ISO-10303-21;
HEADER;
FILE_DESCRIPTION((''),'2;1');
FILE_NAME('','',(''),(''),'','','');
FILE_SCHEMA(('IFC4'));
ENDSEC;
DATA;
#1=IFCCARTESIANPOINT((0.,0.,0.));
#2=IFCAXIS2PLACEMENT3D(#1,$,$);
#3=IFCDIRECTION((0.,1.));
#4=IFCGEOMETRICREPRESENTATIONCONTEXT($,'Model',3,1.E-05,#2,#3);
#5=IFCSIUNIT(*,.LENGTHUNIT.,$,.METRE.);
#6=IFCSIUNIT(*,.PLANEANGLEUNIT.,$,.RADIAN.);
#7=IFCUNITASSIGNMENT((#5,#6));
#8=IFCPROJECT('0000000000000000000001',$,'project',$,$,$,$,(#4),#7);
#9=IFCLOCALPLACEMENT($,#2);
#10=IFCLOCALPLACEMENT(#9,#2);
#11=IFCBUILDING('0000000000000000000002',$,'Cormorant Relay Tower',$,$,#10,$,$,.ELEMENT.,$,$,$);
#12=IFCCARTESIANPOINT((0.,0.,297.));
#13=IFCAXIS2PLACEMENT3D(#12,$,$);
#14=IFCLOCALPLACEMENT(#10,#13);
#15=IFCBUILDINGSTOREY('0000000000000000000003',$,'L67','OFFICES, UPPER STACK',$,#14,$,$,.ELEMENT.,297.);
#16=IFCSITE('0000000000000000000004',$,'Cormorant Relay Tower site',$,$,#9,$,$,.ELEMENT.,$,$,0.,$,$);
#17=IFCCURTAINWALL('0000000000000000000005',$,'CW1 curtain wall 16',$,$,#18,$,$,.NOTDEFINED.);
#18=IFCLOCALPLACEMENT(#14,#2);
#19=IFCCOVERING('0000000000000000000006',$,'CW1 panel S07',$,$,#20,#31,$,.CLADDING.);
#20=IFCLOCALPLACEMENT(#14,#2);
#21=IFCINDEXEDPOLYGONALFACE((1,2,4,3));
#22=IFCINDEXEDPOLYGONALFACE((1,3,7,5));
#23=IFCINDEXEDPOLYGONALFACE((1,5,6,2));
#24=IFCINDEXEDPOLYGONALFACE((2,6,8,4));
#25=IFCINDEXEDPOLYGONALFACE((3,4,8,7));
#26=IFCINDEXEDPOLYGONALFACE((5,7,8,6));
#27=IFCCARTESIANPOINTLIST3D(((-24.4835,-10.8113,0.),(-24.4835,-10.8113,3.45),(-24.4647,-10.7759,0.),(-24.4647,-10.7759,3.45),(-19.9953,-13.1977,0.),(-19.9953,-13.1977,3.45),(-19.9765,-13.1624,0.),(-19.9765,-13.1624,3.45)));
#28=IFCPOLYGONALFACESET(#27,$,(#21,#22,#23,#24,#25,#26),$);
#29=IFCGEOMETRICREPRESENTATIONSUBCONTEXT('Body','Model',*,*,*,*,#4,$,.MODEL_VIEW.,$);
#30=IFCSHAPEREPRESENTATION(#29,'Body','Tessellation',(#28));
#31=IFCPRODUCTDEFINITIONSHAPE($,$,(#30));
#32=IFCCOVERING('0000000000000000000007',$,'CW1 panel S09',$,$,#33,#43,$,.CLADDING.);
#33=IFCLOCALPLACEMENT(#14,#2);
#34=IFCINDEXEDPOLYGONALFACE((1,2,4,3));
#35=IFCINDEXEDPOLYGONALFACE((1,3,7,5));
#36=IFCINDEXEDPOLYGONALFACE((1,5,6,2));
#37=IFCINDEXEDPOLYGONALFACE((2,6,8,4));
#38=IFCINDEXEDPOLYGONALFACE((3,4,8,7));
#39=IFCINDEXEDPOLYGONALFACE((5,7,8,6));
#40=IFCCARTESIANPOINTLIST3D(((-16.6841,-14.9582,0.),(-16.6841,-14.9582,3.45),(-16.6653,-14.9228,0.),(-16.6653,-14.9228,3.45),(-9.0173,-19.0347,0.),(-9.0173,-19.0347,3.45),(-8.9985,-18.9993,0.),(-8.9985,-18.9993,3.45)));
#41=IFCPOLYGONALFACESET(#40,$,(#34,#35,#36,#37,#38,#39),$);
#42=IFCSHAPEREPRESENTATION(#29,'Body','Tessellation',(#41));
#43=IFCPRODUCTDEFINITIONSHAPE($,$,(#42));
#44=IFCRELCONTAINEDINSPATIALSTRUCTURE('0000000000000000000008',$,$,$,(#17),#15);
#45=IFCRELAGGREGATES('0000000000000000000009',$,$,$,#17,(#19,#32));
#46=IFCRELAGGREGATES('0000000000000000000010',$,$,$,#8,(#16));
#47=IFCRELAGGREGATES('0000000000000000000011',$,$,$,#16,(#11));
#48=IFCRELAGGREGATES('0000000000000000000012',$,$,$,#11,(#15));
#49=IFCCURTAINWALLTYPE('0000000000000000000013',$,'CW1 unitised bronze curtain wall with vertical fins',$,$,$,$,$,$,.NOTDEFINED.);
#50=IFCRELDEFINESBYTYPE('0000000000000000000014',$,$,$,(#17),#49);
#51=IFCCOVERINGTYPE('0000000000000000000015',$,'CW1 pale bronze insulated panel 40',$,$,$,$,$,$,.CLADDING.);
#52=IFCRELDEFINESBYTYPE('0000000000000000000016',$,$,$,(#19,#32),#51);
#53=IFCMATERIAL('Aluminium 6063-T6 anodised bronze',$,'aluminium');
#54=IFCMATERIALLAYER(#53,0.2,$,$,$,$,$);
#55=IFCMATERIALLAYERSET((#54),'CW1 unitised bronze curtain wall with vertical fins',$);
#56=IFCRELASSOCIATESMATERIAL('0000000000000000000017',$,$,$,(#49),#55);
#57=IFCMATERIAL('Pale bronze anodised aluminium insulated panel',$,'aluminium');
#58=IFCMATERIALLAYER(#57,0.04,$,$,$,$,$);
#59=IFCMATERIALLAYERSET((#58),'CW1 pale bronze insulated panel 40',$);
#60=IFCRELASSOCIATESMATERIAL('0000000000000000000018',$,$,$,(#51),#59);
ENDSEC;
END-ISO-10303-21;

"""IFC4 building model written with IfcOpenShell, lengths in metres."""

from ifc_helpers import new_model, si_unit, direction, frame, origin, origin_2d, place, context, subcontext, project, spatial, rectangle, extrude, material, layer, layer_set, type_object, element, aggregate, save


model = new_model("IFC4")

# Units and contexts
model_context = context("Model", 3, precision=1e-05, world=origin(), true_north=direction((0.0, 1.0)))
body_context = subcontext(model_context, "Body", "Model", "MODEL_VIEW")
ifc_project = project(units=[si_unit("LENGTHUNIT", "METRE"), si_unit("PLANEANGLEUNIT", "RADIAN")], contexts=[model_context])

# Site, building, storey
site_placement = place(None, origin())
site = spatial("IfcSite", under=ifc_project, at=site_placement, Name="Cormorant Relay Tower site", CompositionType="ELEMENT", RefElevation=0.0)
building_placement = place(site_placement, origin())
building = spatial("IfcBuilding", under=site, at=building_placement, Name="Cormorant Relay Tower", CompositionType="ELEMENT")
storey_placement = place(building_placement, frame((0.0, 0.0, 297.0)))
storey = spatial("IfcBuildingStorey", under=building, at=storey_placement, Name="L67", Description="OFFICES, UPPER STACK", CompositionType="ELEMENT", Elevation=297.0)

# Curtain wall
ifc_material_1 = material(Name="Aluminium 6063-T6 anodised bronze", Category="aluminium")
ifc_layer_1 = layer(ifc_material_1, 0.2)
ifc_layer_set_1 = layer_set([ifc_layer_1], Name="CW1 unitised bronze curtain wall with vertical fins")
curtain_wall_type = type_object("IfcCurtainWallType", Name="CW1 unitised bronze curtain wall with vertical fins", PredefinedType="NOTDEFINED", material=ifc_layer_set_1)
curtain_wall_placement = place(storey_placement, origin())
curtain_wall = element("IfcCurtainWall", 1, at=curtain_wall_placement, inside=storey, type_object=curtain_wall_type, Name="CW1 curtain wall 16", PredefinedType="NOTDEFINED")

# Coverings
ifc_material_2 = material(Name="Pale bronze anodised aluminium insulated panel", Category="aluminium")
ifc_layer_2 = layer(ifc_material_2, 0.04)
ifc_layer_set_2 = layer_set([ifc_layer_2], Name="CW1 pale bronze insulated panel 40")
covering_type = type_object("IfcCoveringType", Name="CW1 pale bronze insulated panel 40", PredefinedType="CLADDING", material=ifc_layer_set_2)
covering_1_placement = place(storey_placement, frame((-22.23, -11.9868, 0.0), z_axis=(0.0, 0.0, 1.0), x_axis=(0.882948, -0.469472, 0.0)))
covering_1 = element("IfcCovering", 2, at=covering_1_placement, type_object=covering_type, Name="CW1 panel S07", PredefinedType="CLADDING", context=body_context, shape_type="SweptSolid", body=[
    extrude(rectangle(XDim=5.0833, YDim=0.04, at=origin_2d()), origin(), (0.0, 0.0, 1.0), 3.45),
])
covering_2_placement = place(storey_placement, frame((-12.8413, -16.9788, 0.0), z_axis=(0.0, 0.0, 1.0), x_axis=(0.882948, -0.469472, 0.0)))
covering_2 = element("IfcCovering", 3, at=covering_2_placement, type_object=covering_type, Name="CW1 panel S09", PredefinedType="CLADDING", context=body_context, shape_type="SweptSolid", body=[
    extrude(rectangle(XDim=8.6831, YDim=0.04, at=origin_2d()), origin(), (0.0, 0.0, 1.0), 3.45),
])
aggregate(curtain_wall, [covering_1, covering_2])

save(model, "model.ifc")
